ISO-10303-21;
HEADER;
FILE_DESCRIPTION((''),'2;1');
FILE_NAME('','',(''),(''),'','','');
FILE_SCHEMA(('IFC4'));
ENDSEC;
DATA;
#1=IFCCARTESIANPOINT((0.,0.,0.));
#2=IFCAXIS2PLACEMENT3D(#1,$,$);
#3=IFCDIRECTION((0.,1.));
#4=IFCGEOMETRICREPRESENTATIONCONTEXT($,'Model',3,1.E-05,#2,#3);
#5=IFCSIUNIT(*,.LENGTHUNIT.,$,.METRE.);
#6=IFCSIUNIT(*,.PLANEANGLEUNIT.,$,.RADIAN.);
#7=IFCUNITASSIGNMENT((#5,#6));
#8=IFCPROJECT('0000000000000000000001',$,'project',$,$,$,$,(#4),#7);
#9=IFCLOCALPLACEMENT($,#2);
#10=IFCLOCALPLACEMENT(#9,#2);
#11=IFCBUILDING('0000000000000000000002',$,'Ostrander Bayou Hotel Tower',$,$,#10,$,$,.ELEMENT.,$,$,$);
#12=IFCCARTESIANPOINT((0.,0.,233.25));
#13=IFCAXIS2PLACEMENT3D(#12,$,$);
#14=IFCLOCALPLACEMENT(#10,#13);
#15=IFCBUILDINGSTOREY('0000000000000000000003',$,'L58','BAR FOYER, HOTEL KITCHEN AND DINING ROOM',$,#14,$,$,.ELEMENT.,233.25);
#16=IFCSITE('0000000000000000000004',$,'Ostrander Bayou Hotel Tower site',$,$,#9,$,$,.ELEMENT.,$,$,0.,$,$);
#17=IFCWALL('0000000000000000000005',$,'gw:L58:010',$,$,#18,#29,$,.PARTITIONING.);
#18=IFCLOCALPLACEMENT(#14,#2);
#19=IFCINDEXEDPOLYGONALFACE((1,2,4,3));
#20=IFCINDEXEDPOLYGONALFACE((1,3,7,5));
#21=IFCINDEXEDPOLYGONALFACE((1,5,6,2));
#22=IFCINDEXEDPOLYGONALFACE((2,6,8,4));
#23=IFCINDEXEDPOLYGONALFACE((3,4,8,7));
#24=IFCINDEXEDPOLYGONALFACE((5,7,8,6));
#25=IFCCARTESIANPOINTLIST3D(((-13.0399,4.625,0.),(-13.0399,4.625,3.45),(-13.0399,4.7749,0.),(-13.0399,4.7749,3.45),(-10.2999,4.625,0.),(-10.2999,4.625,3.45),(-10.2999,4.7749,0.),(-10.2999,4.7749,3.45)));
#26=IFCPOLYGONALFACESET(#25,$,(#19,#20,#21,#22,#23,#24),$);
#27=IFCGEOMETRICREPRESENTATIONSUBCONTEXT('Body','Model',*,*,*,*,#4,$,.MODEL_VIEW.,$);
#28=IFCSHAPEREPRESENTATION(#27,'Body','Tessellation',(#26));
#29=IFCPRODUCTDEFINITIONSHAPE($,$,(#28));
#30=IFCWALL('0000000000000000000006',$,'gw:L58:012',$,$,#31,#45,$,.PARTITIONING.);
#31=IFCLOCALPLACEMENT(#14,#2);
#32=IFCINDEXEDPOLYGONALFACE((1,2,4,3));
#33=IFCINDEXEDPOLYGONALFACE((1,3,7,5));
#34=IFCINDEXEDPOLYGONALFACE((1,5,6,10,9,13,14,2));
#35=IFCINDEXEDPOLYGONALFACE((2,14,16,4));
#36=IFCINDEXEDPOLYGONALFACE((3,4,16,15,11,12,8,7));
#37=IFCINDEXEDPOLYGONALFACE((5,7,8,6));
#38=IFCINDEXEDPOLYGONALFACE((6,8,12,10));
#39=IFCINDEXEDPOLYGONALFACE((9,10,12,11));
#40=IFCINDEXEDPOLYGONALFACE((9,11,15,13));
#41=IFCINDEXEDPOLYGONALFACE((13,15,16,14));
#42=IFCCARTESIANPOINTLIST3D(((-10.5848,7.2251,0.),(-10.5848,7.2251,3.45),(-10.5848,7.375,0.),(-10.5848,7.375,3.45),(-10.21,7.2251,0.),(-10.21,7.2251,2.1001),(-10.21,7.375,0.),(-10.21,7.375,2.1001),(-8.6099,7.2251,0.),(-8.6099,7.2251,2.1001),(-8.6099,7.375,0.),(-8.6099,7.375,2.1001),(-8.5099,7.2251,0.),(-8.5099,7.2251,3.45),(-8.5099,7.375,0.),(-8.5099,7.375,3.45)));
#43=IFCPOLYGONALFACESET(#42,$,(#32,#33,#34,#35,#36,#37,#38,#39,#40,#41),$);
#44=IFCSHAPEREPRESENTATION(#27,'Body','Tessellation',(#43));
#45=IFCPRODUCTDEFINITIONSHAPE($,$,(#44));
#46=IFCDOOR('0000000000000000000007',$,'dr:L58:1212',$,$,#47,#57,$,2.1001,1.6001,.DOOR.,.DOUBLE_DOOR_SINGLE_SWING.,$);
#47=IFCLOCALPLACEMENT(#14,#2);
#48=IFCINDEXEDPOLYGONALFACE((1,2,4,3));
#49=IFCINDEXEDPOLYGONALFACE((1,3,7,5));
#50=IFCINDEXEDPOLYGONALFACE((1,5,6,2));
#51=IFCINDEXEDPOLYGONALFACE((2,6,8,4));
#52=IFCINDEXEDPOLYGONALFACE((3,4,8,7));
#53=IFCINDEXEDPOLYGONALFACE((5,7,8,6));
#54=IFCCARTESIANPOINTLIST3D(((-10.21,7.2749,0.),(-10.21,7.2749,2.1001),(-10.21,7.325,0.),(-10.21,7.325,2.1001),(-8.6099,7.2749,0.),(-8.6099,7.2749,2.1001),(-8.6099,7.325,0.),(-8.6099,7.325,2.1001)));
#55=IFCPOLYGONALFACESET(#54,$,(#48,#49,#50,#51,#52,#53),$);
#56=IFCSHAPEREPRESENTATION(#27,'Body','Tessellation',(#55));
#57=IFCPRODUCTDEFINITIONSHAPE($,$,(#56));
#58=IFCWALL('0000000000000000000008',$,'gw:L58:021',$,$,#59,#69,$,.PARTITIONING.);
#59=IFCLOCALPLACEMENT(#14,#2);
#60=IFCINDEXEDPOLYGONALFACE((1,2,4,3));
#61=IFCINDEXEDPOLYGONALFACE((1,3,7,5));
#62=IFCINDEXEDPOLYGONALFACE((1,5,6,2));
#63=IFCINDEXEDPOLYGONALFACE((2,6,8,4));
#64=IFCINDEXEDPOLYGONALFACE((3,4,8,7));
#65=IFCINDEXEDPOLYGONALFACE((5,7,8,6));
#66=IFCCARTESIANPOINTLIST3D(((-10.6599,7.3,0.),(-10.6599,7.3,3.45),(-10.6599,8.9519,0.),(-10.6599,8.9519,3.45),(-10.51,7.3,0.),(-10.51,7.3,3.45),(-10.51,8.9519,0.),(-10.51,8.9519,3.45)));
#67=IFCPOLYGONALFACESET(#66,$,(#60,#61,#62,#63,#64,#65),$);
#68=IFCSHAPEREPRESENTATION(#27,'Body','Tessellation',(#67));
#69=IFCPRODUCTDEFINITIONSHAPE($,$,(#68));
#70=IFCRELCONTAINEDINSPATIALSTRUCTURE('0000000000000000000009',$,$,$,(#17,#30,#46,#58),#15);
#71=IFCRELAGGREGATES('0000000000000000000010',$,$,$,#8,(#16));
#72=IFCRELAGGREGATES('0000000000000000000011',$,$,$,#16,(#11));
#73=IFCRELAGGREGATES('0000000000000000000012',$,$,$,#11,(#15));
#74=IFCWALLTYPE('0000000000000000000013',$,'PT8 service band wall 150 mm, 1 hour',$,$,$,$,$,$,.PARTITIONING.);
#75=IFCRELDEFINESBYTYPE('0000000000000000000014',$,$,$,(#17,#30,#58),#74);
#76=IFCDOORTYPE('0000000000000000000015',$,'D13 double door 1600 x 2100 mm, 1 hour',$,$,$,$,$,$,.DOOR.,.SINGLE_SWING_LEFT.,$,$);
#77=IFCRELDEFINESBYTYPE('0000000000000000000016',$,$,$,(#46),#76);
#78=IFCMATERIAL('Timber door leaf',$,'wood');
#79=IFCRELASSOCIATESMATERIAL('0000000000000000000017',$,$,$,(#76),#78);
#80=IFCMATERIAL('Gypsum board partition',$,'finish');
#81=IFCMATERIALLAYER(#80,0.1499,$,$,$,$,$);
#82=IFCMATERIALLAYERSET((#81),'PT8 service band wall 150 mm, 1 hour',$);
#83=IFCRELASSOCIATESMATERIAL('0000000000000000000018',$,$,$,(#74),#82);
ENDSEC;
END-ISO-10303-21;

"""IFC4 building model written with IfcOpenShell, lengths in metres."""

from ifc_helpers import new_model, si_unit, direction, frame, frame_2d, origin, place, context, subcontext, project, spatial, rectangle, extrude, material, layer, layer_set, type_object, element, fill, save


model = new_model("IFC4")

# Units and contexts
model_context = context("Model", 3, precision=1e-05, world=origin(), true_north=direction((0.0, 1.0)))
body_context = subcontext(model_context, "Body", "Model", "MODEL_VIEW")
ifc_project = project(units=[si_unit("LENGTHUNIT", "METRE"), si_unit("PLANEANGLEUNIT", "RADIAN")], contexts=[model_context])

# Site, building, storey
site_placement = place(None, origin())
site = spatial("IfcSite", under=ifc_project, at=site_placement, Name="Ostrander Bayou Hotel Tower site", CompositionType="ELEMENT", RefElevation=0.0)
building_placement = place(site_placement, origin())
building = spatial("IfcBuilding", under=site, at=building_placement, Name="Ostrander Bayou Hotel Tower", CompositionType="ELEMENT")
storey_placement = place(building_placement, frame((0.0, 0.0, 233.25)))
storey = spatial("IfcBuildingStorey", under=building, at=storey_placement, Name="L58", Description="BAR FOYER, HOTEL KITCHEN AND DINING ROOM", CompositionType="ELEMENT", Elevation=233.25)

# Shared definitions
ifc_material_1 = material(Name="Timber door leaf", Category="wood")
door_type_1 = type_object("IfcDoorType", Name="D13 double door 1600 x 2100 mm, 1 hour", OperationType="SINGLE_SWING_LEFT", PredefinedType="DOOR", material=ifc_material_1)

# Wall
ifc_material_2 = material(Name="Gypsum board partition", Category="finish")
ifc_layer_1 = layer(ifc_material_2, 0.1499)
ifc_layer_set_1 = layer_set([ifc_layer_1], Name="PT8 service band wall 150 mm, 1 hour")
wall_type_1 = type_object("IfcWallType", Name="PT8 service band wall 150 mm, 1 hour", PredefinedType="PARTITIONING", material=ifc_layer_set_1)
wall_1_placement = place(storey_placement, frame((-13.04, 4.7, 0.0), z_axis=(0.0, 0.0, 1.0), x_axis=(1.0, 0.0, 0.0)))
element("IfcWall", 1, at=wall_1_placement, inside=storey, type_object=wall_type_1, Name="gw:L58:010", PredefinedType="PARTITIONING", context=body_context, shape_type="SweptSolid", body=[
    extrude(rectangle(XDim=2.74, YDim=0.1499, at=frame_2d((1.3701, 0.0))), origin(), (0.0, 0.0, 1.0), 3.45),
])

# Wall, opening, door
wall_2_placement = place(storey_placement, frame((-10.585, 7.3, 0.0), z_axis=(0.0, 0.0, 1.0), x_axis=(1.0, 0.0, 0.0)))
wall_2 = element("IfcWall", 2, at=wall_2_placement, inside=storey, type_object=wall_type_1, Name="gw:L58:012", PredefinedType="PARTITIONING", context=body_context, shape_type="SweptSolid", body=[
    extrude(rectangle(XDim=2.075, YDim=0.1499, at=frame_2d((1.0376, 0.0))), origin(), (0.0, 0.0, 1.0), 3.45),
])
opening_1_placement = place(wall_2_placement, frame((0.375, 0.0, 0.0)))
opening_1 = element("IfcOpeningElement", 3, at=opening_1_placement, cuts=wall_2, PredefinedType="OPENING", context=body_context, shape_type="SweptSolid", body=[
    extrude(rectangle(XDim=1.6001, YDim=2.1001, at=frame_2d((0.8, 1.05))), frame((0.0, 0.075, 0.0), z_axis=(0.0, -1.0, 0.0), x_axis=(1.0, 0.0, 0.0)), (0.0, 0.0, 1.0), 0.1499),
])
door_1_placement = place(opening_1_placement, origin())
door_1 = element("IfcDoor", 4, at=door_1_placement, inside=storey, type_object=door_type_1, Name="dr:L58:1212", OperationType="DOUBLE_DOOR_SINGLE_SWING", OverallHeight=2.1001, OverallWidth=1.6001, PredefinedType="DOOR", context=body_context, shape_type="SweptSolid", body=[
    extrude(rectangle(XDim=1.6001, YDim=2.1001, at=frame_2d((0.8, 1.05))), frame((0.0, 0.0249, 0.0), z_axis=(0.0, -1.0, 0.0), x_axis=(1.0, 0.0, 0.0)), (0.0, 0.0, 1.0), 0.05),
])
fill(opening_1, door_1)

# Wall
wall_3_placement = place(storey_placement, frame((-10.585, 7.3, 0.0), z_axis=(0.0, 0.0, 1.0), x_axis=(0.0, 1.0, 0.0)))
element("IfcWall", 5, at=wall_3_placement, inside=storey, type_object=wall_type_1, Name="gw:L58:021", PredefinedType="PARTITIONING", context=body_context, shape_type="SweptSolid", body=[
    extrude(rectangle(XDim=1.6519, YDim=0.1499, at=frame_2d((0.8259, 0.0))), origin(), (0.0, 0.0, 1.0), 3.45),
])

save(model, "model.ifc")
